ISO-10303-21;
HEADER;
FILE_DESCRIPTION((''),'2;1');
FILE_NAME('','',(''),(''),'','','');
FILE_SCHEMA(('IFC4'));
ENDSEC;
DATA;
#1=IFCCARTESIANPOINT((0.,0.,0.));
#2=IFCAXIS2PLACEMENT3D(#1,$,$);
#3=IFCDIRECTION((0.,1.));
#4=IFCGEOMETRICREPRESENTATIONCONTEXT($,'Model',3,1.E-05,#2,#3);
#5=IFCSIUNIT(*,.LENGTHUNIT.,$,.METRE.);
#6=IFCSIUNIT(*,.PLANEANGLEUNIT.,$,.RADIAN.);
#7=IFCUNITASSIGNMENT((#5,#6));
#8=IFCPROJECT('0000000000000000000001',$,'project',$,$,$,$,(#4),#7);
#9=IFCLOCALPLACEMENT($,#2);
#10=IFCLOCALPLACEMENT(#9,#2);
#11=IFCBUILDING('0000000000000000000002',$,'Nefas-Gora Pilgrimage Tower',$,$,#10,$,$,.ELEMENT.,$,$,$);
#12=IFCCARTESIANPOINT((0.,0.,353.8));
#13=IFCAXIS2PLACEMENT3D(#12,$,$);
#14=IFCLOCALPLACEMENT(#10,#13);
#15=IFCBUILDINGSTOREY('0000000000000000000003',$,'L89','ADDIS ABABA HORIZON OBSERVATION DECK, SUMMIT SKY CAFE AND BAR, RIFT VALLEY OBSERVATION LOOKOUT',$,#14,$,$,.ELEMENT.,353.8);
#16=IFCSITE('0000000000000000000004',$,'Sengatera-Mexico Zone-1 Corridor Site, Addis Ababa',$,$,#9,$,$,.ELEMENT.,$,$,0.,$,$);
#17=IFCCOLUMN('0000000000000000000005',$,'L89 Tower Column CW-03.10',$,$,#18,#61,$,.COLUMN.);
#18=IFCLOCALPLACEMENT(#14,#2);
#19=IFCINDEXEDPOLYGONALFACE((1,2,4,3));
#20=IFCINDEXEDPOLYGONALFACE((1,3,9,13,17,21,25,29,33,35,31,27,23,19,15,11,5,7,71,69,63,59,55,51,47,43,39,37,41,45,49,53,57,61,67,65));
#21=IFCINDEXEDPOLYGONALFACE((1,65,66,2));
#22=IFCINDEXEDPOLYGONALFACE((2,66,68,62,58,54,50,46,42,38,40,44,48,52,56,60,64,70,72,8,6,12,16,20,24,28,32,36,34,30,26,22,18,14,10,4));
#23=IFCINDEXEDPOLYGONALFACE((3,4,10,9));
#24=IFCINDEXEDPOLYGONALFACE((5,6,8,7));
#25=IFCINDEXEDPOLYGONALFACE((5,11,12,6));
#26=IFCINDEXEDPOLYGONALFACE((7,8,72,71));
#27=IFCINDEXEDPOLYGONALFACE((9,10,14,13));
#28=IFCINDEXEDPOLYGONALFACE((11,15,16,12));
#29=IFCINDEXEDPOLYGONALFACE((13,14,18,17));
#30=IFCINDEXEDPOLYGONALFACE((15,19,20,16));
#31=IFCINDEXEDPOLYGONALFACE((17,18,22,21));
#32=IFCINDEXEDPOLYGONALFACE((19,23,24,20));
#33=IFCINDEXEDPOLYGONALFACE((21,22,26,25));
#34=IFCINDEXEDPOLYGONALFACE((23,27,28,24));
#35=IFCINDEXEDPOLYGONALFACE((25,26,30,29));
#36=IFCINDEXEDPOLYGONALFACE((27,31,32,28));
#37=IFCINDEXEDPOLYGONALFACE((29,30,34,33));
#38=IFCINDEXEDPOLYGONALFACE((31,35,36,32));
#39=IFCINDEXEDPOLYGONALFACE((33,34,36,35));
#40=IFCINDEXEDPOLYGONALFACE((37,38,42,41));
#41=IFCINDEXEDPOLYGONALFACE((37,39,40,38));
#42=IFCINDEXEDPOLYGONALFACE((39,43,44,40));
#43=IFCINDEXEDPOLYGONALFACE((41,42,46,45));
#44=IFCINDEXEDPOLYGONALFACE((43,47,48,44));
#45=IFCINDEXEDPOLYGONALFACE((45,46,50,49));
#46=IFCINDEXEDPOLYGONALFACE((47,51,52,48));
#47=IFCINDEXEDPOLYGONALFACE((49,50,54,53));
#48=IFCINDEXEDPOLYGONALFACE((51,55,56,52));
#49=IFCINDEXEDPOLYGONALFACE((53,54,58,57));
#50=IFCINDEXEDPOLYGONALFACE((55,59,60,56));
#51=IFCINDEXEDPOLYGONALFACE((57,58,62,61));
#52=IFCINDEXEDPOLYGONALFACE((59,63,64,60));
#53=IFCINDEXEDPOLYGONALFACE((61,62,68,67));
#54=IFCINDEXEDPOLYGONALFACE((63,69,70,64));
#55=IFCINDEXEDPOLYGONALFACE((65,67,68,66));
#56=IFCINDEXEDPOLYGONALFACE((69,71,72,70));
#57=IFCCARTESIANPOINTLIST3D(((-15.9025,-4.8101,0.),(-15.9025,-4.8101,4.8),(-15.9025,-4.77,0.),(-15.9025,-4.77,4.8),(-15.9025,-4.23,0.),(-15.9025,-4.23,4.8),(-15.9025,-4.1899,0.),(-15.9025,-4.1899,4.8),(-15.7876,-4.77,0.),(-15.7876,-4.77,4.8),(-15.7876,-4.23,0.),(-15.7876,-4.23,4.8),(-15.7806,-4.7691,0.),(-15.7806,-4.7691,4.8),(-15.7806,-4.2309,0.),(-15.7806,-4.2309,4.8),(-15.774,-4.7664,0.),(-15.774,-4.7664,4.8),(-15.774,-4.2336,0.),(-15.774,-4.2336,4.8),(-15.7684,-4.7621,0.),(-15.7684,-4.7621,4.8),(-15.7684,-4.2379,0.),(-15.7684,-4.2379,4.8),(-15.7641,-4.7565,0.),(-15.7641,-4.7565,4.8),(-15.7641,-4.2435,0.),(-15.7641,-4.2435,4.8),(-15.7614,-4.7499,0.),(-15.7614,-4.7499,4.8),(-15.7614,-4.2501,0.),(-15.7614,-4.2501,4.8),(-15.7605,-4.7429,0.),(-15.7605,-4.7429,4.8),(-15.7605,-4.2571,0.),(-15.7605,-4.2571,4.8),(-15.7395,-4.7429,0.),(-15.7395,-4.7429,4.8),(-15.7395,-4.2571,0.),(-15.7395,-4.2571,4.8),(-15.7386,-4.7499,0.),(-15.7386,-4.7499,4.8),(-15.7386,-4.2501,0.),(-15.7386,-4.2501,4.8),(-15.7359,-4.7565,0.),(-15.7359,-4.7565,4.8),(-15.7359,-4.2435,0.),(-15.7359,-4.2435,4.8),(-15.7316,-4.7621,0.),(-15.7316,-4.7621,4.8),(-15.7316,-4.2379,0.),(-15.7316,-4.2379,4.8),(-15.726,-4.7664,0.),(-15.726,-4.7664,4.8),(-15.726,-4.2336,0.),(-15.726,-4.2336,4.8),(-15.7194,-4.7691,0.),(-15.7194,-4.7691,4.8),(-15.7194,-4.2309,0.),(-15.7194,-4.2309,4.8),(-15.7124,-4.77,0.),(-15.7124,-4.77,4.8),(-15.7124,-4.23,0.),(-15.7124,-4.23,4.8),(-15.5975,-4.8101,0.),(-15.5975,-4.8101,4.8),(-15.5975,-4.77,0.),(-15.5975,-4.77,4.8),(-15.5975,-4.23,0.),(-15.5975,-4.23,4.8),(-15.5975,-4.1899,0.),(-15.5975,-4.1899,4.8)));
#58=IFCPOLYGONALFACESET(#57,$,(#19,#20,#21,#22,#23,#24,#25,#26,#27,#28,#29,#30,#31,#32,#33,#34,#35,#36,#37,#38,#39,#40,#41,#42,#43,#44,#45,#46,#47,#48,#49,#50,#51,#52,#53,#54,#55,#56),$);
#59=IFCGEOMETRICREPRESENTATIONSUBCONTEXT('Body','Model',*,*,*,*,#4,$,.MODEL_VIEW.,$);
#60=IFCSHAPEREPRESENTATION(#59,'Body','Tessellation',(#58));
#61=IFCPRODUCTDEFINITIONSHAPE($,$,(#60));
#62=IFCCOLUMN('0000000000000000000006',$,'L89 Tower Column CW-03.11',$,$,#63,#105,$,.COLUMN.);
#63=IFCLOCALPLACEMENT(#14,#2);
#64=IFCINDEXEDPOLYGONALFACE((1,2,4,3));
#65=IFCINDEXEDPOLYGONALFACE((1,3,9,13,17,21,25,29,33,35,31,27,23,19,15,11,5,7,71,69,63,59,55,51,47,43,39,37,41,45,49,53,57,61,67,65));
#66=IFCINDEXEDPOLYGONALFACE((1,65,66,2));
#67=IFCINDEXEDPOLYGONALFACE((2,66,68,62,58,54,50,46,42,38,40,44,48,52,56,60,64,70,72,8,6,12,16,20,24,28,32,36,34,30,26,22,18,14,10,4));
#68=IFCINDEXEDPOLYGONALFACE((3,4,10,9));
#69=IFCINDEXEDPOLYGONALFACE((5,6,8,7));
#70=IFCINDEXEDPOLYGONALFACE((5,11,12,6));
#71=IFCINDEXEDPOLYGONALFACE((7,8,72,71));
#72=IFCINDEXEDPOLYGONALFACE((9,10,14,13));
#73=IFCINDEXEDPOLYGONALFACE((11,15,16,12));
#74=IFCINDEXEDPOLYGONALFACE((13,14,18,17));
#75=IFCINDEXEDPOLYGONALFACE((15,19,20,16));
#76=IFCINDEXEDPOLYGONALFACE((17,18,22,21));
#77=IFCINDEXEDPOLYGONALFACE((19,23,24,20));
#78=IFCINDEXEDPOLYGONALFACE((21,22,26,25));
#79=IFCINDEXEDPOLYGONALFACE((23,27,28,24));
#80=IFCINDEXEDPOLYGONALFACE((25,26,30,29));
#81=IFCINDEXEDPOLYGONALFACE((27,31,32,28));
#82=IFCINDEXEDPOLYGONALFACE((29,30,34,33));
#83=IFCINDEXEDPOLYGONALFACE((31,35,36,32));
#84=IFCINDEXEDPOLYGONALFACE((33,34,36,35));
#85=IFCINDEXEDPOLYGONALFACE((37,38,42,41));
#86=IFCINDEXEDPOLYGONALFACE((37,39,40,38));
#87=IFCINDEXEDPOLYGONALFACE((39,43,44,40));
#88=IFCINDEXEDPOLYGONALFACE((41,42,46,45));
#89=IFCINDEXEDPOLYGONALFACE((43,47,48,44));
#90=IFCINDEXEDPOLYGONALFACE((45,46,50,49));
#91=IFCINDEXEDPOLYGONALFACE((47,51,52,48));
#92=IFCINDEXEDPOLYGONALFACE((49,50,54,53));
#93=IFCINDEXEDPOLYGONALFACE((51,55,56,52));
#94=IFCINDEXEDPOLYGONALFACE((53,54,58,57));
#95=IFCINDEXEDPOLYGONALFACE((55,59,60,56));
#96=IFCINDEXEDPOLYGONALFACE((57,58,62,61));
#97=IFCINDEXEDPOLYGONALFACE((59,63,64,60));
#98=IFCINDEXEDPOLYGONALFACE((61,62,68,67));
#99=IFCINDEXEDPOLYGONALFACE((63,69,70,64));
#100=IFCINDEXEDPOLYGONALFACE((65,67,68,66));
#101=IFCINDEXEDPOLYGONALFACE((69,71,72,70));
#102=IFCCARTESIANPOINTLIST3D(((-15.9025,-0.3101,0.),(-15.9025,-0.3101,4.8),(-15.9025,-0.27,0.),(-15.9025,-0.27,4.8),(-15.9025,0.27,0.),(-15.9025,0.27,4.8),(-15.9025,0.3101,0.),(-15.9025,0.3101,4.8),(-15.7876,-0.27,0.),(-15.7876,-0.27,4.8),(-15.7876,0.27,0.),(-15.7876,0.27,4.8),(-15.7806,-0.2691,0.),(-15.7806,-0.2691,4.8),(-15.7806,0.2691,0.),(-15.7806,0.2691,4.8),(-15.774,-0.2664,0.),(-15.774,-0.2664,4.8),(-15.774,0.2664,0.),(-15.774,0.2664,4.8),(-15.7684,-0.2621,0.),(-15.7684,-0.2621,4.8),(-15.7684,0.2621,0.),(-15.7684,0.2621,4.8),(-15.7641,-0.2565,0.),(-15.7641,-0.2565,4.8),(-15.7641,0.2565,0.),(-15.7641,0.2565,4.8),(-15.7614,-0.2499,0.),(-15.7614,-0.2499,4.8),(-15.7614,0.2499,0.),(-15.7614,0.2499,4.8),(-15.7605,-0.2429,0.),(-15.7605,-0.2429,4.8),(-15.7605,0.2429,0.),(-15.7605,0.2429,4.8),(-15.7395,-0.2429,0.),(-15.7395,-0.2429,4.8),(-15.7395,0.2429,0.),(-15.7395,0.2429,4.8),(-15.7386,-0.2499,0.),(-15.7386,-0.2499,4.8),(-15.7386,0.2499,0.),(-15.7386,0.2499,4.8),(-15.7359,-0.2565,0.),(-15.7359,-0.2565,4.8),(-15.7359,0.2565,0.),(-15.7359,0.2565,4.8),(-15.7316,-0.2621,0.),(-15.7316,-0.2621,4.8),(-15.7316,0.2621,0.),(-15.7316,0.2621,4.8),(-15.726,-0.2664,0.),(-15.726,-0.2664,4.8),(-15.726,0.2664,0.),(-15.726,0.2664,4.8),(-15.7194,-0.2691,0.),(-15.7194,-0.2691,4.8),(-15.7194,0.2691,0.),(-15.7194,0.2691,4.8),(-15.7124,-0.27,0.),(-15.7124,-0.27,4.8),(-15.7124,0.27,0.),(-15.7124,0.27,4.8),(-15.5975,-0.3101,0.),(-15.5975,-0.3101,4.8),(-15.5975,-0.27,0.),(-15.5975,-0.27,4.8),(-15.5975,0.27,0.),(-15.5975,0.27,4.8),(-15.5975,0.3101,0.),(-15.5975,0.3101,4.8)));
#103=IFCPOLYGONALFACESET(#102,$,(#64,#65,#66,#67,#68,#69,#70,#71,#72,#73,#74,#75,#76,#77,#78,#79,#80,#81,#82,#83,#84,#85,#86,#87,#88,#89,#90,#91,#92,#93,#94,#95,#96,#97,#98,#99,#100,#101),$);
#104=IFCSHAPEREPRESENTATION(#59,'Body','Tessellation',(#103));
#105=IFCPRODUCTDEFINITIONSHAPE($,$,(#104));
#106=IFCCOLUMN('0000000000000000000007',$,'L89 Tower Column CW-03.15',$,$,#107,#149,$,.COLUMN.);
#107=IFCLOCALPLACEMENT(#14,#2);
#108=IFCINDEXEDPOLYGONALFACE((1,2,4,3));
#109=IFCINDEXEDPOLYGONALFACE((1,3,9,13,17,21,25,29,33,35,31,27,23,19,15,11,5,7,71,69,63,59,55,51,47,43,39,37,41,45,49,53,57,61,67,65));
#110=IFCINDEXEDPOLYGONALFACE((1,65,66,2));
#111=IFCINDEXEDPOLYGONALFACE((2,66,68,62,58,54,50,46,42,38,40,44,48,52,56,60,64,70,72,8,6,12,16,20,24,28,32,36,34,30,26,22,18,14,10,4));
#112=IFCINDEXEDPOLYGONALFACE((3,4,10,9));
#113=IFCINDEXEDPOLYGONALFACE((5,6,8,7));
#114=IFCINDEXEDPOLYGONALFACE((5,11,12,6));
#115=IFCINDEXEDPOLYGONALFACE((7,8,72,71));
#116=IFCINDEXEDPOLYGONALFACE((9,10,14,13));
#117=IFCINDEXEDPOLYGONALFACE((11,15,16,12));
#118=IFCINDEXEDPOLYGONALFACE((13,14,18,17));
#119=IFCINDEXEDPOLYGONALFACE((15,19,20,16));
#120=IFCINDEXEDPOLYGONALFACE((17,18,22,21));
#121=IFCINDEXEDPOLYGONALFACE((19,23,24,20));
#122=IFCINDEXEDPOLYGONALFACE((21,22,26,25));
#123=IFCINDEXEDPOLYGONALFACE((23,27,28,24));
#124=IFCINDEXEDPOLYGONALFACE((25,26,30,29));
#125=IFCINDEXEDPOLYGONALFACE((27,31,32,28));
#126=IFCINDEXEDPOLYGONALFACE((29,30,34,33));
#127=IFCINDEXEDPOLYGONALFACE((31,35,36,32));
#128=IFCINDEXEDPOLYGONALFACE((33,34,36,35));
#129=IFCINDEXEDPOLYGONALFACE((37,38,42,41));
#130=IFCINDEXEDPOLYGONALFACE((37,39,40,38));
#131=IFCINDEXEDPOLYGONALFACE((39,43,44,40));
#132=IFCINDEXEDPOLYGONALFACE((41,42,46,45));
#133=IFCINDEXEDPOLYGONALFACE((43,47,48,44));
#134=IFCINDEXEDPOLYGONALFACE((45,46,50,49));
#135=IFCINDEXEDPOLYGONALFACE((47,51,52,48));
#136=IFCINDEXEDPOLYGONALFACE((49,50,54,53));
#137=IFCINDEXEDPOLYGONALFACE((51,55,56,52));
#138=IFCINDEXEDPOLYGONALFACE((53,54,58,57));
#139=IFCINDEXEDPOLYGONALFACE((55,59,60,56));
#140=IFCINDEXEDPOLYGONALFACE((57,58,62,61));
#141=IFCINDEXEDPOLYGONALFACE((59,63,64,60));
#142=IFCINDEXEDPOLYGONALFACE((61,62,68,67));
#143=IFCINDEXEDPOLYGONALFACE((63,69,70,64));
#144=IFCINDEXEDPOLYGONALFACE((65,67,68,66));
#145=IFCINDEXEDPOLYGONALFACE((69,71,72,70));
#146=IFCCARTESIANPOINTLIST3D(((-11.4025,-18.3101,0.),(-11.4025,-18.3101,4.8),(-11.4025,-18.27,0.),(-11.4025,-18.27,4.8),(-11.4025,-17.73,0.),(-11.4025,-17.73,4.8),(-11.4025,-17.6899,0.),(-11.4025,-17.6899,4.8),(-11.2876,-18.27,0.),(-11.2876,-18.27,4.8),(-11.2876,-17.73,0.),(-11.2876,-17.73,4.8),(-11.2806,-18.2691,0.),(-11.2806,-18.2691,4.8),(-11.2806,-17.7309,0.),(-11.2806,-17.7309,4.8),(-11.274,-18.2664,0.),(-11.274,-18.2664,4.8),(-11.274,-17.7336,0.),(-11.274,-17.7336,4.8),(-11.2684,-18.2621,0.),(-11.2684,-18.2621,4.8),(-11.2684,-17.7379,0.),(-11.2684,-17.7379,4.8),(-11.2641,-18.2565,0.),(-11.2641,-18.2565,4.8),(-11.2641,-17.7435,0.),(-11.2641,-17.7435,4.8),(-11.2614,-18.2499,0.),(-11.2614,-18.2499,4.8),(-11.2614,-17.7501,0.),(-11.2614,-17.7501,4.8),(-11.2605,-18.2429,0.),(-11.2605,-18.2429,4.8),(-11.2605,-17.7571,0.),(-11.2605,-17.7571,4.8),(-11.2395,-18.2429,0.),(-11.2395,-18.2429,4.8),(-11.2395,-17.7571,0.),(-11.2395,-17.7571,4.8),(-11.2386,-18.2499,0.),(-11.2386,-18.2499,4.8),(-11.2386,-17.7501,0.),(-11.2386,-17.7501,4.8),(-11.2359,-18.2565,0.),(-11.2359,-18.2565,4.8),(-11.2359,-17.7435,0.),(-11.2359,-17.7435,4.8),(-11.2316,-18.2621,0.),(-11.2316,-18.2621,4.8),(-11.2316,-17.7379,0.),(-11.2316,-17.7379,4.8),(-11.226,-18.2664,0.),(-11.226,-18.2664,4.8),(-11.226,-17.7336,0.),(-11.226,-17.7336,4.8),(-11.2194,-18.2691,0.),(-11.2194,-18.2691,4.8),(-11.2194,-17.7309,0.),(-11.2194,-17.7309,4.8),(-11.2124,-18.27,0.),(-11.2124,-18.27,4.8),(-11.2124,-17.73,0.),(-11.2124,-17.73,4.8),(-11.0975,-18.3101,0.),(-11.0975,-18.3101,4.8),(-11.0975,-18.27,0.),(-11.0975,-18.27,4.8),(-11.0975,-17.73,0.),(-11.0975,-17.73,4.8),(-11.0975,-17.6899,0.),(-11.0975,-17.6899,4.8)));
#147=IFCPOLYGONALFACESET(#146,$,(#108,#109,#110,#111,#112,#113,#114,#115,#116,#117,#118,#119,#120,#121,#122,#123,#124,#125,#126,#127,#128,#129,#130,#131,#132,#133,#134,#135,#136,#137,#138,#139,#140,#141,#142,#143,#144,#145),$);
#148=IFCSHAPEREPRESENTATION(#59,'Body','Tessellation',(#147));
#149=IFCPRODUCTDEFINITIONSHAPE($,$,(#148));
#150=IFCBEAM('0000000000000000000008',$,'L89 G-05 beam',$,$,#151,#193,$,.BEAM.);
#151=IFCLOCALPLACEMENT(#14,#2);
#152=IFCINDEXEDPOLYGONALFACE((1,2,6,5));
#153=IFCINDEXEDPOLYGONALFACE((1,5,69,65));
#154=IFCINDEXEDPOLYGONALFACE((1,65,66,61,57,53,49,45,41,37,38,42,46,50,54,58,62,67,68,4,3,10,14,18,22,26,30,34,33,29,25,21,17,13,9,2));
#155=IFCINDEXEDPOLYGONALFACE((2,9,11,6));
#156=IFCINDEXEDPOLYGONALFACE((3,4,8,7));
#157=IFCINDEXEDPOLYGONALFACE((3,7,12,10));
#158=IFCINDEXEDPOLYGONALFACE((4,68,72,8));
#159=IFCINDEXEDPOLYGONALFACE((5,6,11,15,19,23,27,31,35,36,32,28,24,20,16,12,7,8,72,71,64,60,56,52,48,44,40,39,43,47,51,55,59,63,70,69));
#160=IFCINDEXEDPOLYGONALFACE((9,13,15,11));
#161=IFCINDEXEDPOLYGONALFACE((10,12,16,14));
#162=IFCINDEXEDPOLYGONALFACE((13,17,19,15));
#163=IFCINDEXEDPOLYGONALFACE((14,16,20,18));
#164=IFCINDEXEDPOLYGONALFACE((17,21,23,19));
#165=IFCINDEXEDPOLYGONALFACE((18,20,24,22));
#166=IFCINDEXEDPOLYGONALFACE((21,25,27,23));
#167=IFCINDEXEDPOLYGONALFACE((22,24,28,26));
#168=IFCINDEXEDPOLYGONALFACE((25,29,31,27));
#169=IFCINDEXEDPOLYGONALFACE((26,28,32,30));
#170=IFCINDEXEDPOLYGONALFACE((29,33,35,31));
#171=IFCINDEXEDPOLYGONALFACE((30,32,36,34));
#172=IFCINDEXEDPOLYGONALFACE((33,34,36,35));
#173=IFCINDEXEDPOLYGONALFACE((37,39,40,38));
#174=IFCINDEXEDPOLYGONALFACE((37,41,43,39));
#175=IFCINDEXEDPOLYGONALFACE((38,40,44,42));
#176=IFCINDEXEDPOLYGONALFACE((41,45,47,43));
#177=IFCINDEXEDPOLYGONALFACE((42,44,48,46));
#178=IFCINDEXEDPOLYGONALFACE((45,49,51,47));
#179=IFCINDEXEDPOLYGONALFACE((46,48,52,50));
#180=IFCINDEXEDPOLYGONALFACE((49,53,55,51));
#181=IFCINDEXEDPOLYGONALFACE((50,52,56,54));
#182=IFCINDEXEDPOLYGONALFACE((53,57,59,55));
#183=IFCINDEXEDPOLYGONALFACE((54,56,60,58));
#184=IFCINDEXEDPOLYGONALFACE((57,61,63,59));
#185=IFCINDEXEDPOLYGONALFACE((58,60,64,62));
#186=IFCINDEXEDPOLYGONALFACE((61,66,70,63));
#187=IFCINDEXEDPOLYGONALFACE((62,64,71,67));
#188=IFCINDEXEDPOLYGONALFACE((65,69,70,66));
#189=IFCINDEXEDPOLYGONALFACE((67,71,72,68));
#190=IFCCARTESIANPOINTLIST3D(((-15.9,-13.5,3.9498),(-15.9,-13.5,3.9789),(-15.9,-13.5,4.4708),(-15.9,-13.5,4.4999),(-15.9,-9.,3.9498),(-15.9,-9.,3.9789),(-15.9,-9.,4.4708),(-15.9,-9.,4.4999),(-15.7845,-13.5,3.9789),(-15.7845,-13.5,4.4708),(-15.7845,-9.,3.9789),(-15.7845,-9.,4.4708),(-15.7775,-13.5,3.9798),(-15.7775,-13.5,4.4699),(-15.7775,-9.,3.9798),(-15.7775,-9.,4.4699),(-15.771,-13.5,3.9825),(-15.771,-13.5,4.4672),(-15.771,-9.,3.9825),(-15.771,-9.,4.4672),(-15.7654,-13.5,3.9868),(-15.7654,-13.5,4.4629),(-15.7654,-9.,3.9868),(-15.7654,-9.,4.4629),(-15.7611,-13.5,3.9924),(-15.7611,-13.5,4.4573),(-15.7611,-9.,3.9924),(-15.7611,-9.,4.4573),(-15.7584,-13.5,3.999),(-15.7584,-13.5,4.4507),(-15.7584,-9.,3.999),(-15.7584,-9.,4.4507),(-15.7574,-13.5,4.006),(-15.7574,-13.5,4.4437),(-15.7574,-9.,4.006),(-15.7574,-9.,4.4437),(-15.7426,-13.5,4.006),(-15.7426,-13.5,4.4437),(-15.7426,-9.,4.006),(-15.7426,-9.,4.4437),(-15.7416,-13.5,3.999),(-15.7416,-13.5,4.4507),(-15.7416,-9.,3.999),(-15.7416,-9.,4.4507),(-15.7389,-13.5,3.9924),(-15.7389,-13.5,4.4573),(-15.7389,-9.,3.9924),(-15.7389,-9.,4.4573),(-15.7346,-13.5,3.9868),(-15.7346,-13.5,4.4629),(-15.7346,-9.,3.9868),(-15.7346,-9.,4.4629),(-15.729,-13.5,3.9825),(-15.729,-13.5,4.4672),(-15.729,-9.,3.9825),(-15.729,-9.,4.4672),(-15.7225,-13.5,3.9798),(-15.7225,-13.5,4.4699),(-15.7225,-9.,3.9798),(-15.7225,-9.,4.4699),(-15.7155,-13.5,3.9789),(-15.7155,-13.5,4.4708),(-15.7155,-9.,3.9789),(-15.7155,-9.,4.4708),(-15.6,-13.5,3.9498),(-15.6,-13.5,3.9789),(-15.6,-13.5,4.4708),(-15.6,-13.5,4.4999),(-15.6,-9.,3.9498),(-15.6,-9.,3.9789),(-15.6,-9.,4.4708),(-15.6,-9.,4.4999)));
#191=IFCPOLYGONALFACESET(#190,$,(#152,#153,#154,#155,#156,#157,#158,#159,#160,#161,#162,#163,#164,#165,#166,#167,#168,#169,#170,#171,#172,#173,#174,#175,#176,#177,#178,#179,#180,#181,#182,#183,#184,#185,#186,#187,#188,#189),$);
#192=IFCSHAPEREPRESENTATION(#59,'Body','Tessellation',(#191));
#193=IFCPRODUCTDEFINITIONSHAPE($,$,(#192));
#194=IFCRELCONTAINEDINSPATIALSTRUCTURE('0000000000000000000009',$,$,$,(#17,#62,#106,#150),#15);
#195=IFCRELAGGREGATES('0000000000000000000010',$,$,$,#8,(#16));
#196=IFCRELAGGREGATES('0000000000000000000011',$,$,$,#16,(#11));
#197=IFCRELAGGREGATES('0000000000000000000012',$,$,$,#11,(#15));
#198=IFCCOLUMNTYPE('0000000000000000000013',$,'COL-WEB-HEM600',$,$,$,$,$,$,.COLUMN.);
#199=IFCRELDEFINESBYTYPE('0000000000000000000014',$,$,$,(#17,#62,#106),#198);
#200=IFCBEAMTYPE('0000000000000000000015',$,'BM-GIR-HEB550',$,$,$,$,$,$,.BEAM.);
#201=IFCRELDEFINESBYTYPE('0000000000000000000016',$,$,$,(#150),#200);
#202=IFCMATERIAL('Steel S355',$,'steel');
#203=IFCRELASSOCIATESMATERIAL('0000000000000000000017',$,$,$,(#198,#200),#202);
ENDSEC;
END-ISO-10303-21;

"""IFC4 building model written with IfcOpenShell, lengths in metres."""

from ifc_helpers import new_model, si_unit, direction, frame, origin, origin_2d, place, context, subcontext, project, spatial, i_section, extrude, source, transform, mapped, material, material_profile, profile_set, type_object, element, save


model = new_model("IFC4")

# Units and contexts
model_context = context("Model", 3, precision=1e-05, world=origin(), true_north=direction((0.0, 1.0)))
body_context = subcontext(model_context, "Body", "Model", "MODEL_VIEW")
ifc_project = project(units=[si_unit("LENGTHUNIT", "METRE"), si_unit("PLANEANGLEUNIT", "RADIAN")], contexts=[model_context])

# Site, building, storey
site_placement = place(None, origin())
site = spatial("IfcSite", under=ifc_project, at=site_placement, Name="Sengatera-Mexico Zone-1 Corridor Site, Addis Ababa", CompositionType="ELEMENT", RefElevation=0.0)
building_placement = place(site_placement, origin())
building = spatial("IfcBuilding", under=site, at=building_placement, Name="Nefas-Gora Pilgrimage Tower", CompositionType="ELEMENT")
storey_placement = place(building_placement, frame((0.0, 0.0, 353.8)))
storey = spatial("IfcBuildingStorey", under=building, at=storey_placement, Name="L89", Description="ADDIS ABABA HORIZON OBSERVATION DECK, SUMMIT SKY CAFE AND BAR, RIFT VALLEY OBSERVATION LOOKOUT", CompositionType="ELEMENT", Elevation=353.8)

# Columns
ifc_material_1 = material(Name="Steel S355", Category="steel")
ifc_material_profile_1 = material_profile(ifc_material_1, i_section(OverallWidth=0.3049, OverallDepth=0.6201, WebThickness=0.021, FlangeThickness=0.04, FilletRadius=0.0271, at=origin_2d()), Name="HEM 600")
ifc_profile_set_1 = profile_set([ifc_material_profile_1], Name="Steel S355")
column_type_1 = type_object("IfcColumnType", Name="COL-WEB-HEM600", PredefinedType="COLUMN", material=ifc_profile_set_1)
shared_shape_1 = source(origin(), body_context, "Body", "SweptSolid", [
    extrude(i_section(OverallWidth=0.3049, OverallDepth=0.6201, WebThickness=0.021, FlangeThickness=0.04, FilletRadius=0.0271, at=origin_2d()), origin(), (0.0, 0.0, 1.0), 4.8),
])
for number, where, z_axis, x_axis, name in (
    (1, (-15.75, -4.5, 0.0), (0.0, 0.0, 1.0), (1.0, 0.0, 0.0), "L89 Tower Column CW-03.10"),
    (2, (-15.75, 0.0, 0.0), (0.0, 0.0, 1.0), (1.0, 0.0, 0.0), "L89 Tower Column CW-03.11"),
    (3, (-11.25, -18.0, 0.0), (0.0, 0.0, 1.0), (1.0, 0.0, 0.0), "L89 Tower Column CW-03.15"),
):
    element("IfcColumn", number, at=place(storey_placement, frame(where, z_axis=z_axis, x_axis=x_axis)), inside=storey, type_object=column_type_1, Name=name, PredefinedType="COLUMN", context=body_context, shape_type="MappedRepresentation", body=[
        mapped(shared_shape_1, transform((0.0, 0.0, 0.0), x_axis=(1.0, 0.0, 0.0), y_axis=(0.0, 1.0, 0.0), z_axis=(0.0, 0.0, 1.0), scale=1.0)),
    ])

# Beam
ifc_material_profile_2 = material_profile(ifc_material_1, i_section(OverallWidth=0.3, OverallDepth=0.55, WebThickness=0.0149, FlangeThickness=0.0291, FilletRadius=0.0271, at=origin_2d()), Name="HEB 550")
ifc_profile_set_2 = profile_set([ifc_material_profile_2], Name="Steel S355")
beam_type = type_object("IfcBeamType", Name="BM-GIR-HEB550", PredefinedType="BEAM", material=ifc_profile_set_2)
shared_shape_2 = source(origin(), body_context, "Body", "SweptSolid", [
    extrude(i_section(OverallWidth=0.3, OverallDepth=0.55, WebThickness=0.0149, FlangeThickness=0.0291, FilletRadius=0.0271, at=origin_2d()), origin(), (0.0, 0.0, 1.0), 4.5),
])
for number, where, z_axis, x_axis, name in (
    (4, (-15.75, -13.5, 4.2249), (0.0, 1.0, 0.0), (-1.0, 0.0, 0.0), "L89 G-05 beam"),
):
    element("IfcBeam", number, at=place(storey_placement, frame(where, z_axis=z_axis, x_axis=x_axis)), inside=storey, type_object=beam_type, Name=name, PredefinedType="BEAM", context=body_context, shape_type="MappedRepresentation", body=[
        mapped(shared_shape_2, transform((0.0, 0.0, 0.0), x_axis=(1.0, 0.0, 0.0), y_axis=(0.0, 1.0, 0.0), z_axis=(0.0, 0.0, 1.0), scale=1.0)),
    ])

save(model, "model.ifc")
